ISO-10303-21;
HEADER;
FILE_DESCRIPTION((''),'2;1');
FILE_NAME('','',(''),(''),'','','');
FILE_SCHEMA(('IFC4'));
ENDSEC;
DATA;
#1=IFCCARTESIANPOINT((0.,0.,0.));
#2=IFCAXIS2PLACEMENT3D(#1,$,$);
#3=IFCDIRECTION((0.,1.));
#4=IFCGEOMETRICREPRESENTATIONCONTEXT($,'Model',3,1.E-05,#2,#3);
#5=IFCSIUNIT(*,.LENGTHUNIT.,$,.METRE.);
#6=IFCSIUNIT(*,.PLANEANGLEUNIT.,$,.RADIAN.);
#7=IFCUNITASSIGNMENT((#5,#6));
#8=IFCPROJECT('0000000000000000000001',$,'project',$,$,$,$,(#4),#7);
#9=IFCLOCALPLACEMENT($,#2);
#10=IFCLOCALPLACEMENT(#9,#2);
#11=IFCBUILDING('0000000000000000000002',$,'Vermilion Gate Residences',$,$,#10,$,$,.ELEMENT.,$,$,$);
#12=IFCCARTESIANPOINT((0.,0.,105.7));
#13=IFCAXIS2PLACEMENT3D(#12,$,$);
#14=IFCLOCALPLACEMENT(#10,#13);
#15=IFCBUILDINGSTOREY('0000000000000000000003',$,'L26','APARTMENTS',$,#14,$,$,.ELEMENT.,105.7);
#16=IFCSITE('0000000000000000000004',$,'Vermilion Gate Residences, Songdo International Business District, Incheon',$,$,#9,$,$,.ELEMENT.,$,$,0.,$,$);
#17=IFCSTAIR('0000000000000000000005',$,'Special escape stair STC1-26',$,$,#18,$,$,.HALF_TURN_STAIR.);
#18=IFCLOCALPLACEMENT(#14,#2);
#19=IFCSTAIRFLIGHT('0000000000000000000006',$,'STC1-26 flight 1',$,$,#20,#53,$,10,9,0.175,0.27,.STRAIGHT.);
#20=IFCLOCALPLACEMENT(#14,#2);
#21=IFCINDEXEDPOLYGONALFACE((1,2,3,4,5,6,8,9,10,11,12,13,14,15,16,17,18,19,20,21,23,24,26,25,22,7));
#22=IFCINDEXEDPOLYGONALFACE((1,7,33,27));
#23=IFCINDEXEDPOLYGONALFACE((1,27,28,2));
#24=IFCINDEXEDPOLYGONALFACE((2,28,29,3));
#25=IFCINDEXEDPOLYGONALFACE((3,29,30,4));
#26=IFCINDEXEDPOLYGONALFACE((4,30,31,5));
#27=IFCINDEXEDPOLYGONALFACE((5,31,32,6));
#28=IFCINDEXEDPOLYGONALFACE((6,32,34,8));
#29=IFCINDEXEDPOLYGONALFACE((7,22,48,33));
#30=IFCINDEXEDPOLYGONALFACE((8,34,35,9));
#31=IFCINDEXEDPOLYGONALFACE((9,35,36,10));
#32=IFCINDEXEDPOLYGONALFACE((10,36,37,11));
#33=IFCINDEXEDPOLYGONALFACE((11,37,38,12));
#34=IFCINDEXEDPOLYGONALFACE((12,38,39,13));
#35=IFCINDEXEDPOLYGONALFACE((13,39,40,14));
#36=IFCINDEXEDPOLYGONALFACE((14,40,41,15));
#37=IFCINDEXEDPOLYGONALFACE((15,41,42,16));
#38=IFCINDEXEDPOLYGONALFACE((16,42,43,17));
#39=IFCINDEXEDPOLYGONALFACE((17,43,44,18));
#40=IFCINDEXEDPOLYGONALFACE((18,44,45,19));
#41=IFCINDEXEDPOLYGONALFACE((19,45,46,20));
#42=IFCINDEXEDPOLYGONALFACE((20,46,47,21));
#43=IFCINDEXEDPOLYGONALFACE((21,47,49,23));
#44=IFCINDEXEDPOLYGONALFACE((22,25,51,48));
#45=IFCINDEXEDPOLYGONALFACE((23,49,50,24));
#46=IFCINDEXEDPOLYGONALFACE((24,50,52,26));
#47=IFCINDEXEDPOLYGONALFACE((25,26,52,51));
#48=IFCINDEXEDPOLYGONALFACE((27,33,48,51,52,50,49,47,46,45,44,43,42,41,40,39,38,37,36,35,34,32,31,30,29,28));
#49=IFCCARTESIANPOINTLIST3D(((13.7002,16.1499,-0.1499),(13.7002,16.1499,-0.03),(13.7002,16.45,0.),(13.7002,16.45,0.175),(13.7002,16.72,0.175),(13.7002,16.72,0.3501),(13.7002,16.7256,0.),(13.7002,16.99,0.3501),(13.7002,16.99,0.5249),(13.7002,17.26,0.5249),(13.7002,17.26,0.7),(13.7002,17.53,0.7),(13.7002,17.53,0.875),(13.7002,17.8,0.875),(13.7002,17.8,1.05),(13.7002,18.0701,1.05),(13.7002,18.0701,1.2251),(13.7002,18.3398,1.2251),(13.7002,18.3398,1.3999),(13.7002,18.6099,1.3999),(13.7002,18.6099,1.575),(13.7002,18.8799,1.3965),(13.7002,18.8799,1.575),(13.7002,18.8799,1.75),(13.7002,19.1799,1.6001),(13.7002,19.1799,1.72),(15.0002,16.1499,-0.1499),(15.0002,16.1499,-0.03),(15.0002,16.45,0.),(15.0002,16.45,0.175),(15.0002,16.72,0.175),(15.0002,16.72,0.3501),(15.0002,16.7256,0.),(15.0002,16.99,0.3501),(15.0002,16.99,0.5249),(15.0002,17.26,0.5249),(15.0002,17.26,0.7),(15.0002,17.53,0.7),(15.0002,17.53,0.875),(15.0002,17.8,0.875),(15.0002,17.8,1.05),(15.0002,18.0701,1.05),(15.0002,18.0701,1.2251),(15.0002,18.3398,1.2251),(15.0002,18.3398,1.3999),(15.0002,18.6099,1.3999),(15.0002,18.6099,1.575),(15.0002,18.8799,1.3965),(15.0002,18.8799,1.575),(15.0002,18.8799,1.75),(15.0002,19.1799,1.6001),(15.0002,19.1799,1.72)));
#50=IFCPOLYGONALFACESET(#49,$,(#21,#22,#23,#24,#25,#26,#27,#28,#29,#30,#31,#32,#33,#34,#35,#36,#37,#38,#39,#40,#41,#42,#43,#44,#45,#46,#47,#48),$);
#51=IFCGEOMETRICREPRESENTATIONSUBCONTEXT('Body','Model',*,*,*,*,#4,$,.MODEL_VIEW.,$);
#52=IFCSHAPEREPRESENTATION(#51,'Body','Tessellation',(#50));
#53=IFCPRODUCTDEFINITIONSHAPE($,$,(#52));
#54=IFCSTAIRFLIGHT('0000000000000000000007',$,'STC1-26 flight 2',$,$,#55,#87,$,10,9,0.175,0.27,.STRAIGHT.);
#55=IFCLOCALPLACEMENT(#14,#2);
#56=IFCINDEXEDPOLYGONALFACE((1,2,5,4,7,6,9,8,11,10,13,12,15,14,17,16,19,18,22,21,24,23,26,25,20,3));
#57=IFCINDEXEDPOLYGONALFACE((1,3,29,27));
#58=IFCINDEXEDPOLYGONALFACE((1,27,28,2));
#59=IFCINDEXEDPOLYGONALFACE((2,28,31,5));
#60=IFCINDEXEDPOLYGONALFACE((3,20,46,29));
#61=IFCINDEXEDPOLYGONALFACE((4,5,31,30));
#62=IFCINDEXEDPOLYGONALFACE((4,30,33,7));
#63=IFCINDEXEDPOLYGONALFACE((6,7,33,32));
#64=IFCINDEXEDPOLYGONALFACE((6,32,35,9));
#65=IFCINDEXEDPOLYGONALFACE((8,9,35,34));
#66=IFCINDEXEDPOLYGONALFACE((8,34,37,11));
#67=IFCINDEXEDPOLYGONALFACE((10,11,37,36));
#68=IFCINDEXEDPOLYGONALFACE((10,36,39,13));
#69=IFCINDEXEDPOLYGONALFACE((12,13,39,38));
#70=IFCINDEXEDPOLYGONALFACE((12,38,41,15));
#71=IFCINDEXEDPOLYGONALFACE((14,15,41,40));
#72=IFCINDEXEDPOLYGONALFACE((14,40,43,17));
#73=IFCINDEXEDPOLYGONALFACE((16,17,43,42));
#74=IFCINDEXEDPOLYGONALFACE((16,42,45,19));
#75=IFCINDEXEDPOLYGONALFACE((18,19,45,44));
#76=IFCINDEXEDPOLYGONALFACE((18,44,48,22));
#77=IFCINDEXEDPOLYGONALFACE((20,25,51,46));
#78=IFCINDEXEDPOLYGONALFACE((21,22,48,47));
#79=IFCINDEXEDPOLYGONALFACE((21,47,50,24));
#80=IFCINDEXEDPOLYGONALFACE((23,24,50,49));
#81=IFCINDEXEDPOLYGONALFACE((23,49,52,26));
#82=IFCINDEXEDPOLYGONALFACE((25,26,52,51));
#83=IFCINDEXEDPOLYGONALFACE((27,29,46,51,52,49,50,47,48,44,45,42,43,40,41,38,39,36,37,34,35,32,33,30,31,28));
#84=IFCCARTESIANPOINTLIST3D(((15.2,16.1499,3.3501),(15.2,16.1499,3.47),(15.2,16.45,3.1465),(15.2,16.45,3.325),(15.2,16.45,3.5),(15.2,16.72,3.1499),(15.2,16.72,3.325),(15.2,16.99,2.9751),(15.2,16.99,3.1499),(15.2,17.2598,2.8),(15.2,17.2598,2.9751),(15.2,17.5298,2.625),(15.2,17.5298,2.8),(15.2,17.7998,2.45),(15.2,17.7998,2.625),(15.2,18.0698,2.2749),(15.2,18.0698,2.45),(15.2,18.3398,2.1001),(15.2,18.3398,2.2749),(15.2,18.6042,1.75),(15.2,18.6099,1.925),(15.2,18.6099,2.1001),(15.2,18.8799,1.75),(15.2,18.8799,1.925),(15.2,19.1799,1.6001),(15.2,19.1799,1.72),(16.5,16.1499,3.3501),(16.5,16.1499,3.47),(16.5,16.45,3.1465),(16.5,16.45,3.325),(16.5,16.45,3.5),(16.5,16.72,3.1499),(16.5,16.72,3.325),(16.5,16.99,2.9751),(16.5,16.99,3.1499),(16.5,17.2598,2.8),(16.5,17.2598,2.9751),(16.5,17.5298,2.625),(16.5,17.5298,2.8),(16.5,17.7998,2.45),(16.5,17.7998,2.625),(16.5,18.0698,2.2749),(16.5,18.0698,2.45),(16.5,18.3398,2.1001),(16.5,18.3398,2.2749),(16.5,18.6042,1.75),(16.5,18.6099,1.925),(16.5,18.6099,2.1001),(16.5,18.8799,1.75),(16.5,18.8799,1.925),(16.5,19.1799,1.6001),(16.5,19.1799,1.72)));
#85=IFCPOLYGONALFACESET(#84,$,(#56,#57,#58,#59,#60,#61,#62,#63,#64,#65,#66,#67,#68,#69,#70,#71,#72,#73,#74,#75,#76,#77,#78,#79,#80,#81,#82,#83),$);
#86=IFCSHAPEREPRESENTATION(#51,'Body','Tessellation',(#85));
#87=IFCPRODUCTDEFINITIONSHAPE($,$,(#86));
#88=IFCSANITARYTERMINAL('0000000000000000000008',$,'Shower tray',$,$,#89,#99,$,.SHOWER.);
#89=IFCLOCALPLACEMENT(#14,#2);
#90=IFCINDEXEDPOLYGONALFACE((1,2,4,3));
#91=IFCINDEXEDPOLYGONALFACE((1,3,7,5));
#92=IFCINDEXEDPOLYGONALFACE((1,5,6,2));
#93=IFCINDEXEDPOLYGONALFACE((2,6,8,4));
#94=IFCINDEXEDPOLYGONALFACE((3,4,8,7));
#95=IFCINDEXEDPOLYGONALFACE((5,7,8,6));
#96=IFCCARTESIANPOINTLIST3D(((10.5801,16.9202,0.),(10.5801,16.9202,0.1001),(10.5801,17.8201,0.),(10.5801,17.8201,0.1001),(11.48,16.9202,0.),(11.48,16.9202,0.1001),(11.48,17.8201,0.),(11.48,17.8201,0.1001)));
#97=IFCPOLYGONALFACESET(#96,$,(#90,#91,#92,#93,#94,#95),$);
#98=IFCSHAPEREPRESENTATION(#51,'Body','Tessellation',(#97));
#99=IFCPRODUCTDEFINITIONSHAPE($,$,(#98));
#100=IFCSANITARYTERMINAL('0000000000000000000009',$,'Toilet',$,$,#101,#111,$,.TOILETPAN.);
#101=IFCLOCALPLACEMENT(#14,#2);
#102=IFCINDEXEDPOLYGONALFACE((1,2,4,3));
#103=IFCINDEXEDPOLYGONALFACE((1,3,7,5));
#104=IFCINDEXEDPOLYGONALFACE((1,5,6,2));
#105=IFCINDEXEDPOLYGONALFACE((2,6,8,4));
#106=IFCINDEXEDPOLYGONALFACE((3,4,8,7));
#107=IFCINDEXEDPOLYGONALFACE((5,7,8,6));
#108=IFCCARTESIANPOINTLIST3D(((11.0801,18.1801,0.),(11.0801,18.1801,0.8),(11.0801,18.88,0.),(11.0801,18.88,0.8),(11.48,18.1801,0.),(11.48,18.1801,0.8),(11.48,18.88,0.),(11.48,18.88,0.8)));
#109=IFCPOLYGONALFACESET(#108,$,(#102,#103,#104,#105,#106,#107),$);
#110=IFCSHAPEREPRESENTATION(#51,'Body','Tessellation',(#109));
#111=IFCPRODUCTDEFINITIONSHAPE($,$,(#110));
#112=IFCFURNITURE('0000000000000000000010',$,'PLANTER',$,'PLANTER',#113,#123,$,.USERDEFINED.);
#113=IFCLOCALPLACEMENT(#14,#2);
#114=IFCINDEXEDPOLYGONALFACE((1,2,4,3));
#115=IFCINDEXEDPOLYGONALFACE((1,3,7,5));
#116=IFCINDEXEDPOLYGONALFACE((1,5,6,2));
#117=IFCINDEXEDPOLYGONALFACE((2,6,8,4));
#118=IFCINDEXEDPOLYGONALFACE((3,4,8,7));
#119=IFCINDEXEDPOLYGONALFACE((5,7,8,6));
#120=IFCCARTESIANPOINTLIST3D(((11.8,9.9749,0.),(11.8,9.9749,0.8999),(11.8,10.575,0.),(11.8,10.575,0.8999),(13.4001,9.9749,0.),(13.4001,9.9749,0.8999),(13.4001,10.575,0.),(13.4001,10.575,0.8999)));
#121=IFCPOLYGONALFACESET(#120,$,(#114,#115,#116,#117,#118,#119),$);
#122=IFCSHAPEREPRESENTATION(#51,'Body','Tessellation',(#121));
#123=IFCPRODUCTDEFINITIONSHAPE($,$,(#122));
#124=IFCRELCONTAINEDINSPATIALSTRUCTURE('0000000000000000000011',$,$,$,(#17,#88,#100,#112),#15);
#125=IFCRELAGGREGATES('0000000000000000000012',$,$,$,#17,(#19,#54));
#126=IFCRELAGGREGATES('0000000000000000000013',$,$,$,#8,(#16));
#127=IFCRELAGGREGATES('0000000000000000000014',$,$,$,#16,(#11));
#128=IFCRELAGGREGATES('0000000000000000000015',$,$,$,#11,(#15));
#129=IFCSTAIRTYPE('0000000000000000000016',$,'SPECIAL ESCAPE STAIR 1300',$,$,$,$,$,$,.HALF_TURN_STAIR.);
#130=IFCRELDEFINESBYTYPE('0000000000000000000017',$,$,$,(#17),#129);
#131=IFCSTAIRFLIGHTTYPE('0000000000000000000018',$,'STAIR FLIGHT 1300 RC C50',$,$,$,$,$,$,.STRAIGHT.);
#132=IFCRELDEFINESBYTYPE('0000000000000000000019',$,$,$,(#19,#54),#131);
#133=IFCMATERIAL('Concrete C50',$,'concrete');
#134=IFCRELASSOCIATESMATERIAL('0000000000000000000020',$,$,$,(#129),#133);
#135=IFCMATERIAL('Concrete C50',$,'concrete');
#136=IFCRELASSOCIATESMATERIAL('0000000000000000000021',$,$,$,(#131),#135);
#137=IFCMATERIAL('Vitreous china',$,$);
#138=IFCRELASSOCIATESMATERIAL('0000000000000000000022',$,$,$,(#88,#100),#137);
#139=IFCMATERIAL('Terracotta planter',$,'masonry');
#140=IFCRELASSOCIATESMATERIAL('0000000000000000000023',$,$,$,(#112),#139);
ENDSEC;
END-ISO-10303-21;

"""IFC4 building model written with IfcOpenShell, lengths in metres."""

from ifc_helpers import new_model, si_unit, direction, frame, origin, origin_2d, place, context, subcontext, project, spatial, polyline, rectangle, outline, extrude, material, type_object, element, aggregate, save


model = new_model("IFC4")

# Units and contexts
model_context = context("Model", 3, precision=1e-05, world=origin(), true_north=direction((0.0, 1.0)))
body_context = subcontext(model_context, "Body", "Model", "MODEL_VIEW")
ifc_project = project(units=[si_unit("LENGTHUNIT", "METRE"), si_unit("PLANEANGLEUNIT", "RADIAN")], contexts=[model_context])

# Site, building, storey
site_placement = place(None, origin())
site = spatial("IfcSite", under=ifc_project, at=site_placement, Name="Vermilion Gate Residences, Songdo International Business District, Incheon", CompositionType="ELEMENT", RefElevation=0.0)
building_placement = place(site_placement, origin())
building = spatial("IfcBuilding", under=site, at=building_placement, Name="Vermilion Gate Residences", CompositionType="ELEMENT")
storey_placement = place(building_placement, frame((0.0, 0.0, 105.7)))
storey = spatial("IfcBuildingStorey", under=building, at=storey_placement, Name="L26", Description="APARTMENTS", CompositionType="ELEMENT", Elevation=105.7)

# Stair, stair flights
ifc_material_1 = material(Name="Concrete C50", Category="concrete")
stair_type = type_object("IfcStairType", Name="SPECIAL ESCAPE STAIR 1300", PredefinedType="HALF_TURN_STAIR", material=ifc_material_1)
stair_placement = place(storey_placement, origin())
stair = element("IfcStair", 1, at=stair_placement, inside=storey, type_object=stair_type, Name="Special escape stair STC1-26", PredefinedType="HALF_TURN_STAIR")
ifc_material_2 = material(Name="Concrete C50", Category="concrete")
stair_flight_type = type_object("IfcStairFlightType", Name="STAIR FLIGHT 1300 RC C50", PredefinedType="STRAIGHT", material=ifc_material_2)
stair_flight_1_placement = place(storey_placement, frame((14.3501, 16.45, 0.0), z_axis=(0.0, 0.0, 1.0), x_axis=(0.0, 1.0, 0.0)))
stair_flight_1 = element("IfcStairFlight", 2, at=stair_flight_1_placement, type_object=stair_flight_type, Name="STC1-26 flight 1", NumberOfRisers=10, NumberOfTreads=9, PredefinedType="STRAIGHT", RiserHeight=0.175, TreadLength=0.27, context=body_context, shape_type="SweptSolid", body=[
    extrude(outline(polyline([(-0.3, -0.1499), (-0.3, -0.03), (0.0, 0.0), (0.0, 0.175), (0.27, 0.175), (0.27, 0.3501), (0.54, 0.3501), (0.54, 0.5249), (0.8101, 0.5249), (0.8101, 0.7), (1.0801, 0.7), (1.0801, 0.875), (1.3501, 0.875), (1.3501, 1.05), (1.6201, 1.05), (1.6201, 1.2251), (1.8899, 1.2251), (1.8899, 1.3999), (2.1599, 1.3999), (2.1599, 1.575), (2.4299, 1.575), (2.4299, 1.75), (2.73, 1.72), (2.73, 1.6001), (2.4299, 1.3965), (0.2756, 0.0), (-0.3, -0.1499)])), frame((0.0, 0.6499, 0.0), z_axis=(0.0, -1.0, 0.0), x_axis=(1.0, 0.0, 0.0)), (0.0, 0.0, 1.0), 1.3),
])
stair_flight_2_placement = place(storey_placement, frame((15.8501, 18.8799, 1.75), z_axis=(0.0, 0.0, 1.0), x_axis=(0.0, -1.0, 0.0)))
stair_flight_2 = element("IfcStairFlight", 3, at=stair_flight_2_placement, type_object=stair_flight_type, Name="STC1-26 flight 2", NumberOfRisers=10, NumberOfTreads=9, PredefinedType="STRAIGHT", RiserHeight=0.175, TreadLength=0.27, context=body_context, shape_type="SweptSolid", body=[
    extrude(outline(polyline([(-0.3, -0.1499), (-0.3, -0.03), (0.0, 0.0), (0.0, 0.175), (0.27, 0.175), (0.27, 0.3501), (0.54, 0.3501), (0.54, 0.5249), (0.8101, 0.5249), (0.8101, 0.7), (1.0801, 0.7), (1.0801, 0.875), (1.3501, 0.875), (1.3501, 1.05), (1.6201, 1.05), (1.6201, 1.2251), (1.8899, 1.2251), (1.8899, 1.3999), (2.1599, 1.3999), (2.1599, 1.575), (2.4299, 1.575), (2.4299, 1.75), (2.73, 1.72), (2.73, 1.6001), (2.4299, 1.3965), (0.2756, 0.0), (-0.3, -0.1499)])), frame((0.0, 0.6499, 0.0), z_axis=(0.0, -1.0, 0.0), x_axis=(1.0, 0.0, 0.0)), (0.0, 0.0, 1.0), 1.3),
])
aggregate(stair, [stair_flight_1, stair_flight_2])

# Sanitary terminals
ifc_material_3 = material(Name="Vitreous china")
sanitary_terminal_1_placement = place(storey_placement, frame((11.03, 17.3701, 0.0), z_axis=(0.0, 0.0, 1.0), x_axis=(1.0, 0.0, 0.0)))
element("IfcSanitaryTerminal", 4, at=sanitary_terminal_1_placement, inside=storey, material=ifc_material_3, Name="Shower tray", PredefinedType="SHOWER", context=body_context, shape_type="SweptSolid", body=[
    extrude(rectangle(XDim=0.8999, YDim=0.8999, at=origin_2d()), origin(), (0.0, 0.0, 1.0), 0.1001),
])
sanitary_terminal_2_placement = place(storey_placement, frame((11.28, 18.53, 0.0), z_axis=(0.0, 0.0, 1.0), x_axis=(1.0, 0.0, 0.0)))
element("IfcSanitaryTerminal", 5, at=sanitary_terminal_2_placement, inside=storey, material=ifc_material_3, Name="Toilet", PredefinedType="TOILETPAN", context=body_context, shape_type="SweptSolid", body=[
    extrude(rectangle(XDim=0.3999, YDim=0.7, at=origin_2d()), origin(), (0.0, 0.0, 1.0), 0.8),
])

# Furniture
ifc_material_4 = material(Name="Terracotta planter", Category="masonry")
furniture_placement = place(storey_placement, frame((12.6001, 10.2749, 0.0), z_axis=(0.0, 0.0, 1.0), x_axis=(1.0, 0.0, 0.0)))
element("IfcFurniture", 6, at=furniture_placement, inside=storey, material=ifc_material_4, Name="PLANTER", ObjectType="PLANTER", PredefinedType="USERDEFINED", context=body_context, shape_type="SweptSolid", body=[
    extrude(rectangle(XDim=1.6001, YDim=0.6001, at=origin_2d()), origin(), (0.0, 0.0, 1.0), 0.8999),
])

save(model, "model.ifc")
